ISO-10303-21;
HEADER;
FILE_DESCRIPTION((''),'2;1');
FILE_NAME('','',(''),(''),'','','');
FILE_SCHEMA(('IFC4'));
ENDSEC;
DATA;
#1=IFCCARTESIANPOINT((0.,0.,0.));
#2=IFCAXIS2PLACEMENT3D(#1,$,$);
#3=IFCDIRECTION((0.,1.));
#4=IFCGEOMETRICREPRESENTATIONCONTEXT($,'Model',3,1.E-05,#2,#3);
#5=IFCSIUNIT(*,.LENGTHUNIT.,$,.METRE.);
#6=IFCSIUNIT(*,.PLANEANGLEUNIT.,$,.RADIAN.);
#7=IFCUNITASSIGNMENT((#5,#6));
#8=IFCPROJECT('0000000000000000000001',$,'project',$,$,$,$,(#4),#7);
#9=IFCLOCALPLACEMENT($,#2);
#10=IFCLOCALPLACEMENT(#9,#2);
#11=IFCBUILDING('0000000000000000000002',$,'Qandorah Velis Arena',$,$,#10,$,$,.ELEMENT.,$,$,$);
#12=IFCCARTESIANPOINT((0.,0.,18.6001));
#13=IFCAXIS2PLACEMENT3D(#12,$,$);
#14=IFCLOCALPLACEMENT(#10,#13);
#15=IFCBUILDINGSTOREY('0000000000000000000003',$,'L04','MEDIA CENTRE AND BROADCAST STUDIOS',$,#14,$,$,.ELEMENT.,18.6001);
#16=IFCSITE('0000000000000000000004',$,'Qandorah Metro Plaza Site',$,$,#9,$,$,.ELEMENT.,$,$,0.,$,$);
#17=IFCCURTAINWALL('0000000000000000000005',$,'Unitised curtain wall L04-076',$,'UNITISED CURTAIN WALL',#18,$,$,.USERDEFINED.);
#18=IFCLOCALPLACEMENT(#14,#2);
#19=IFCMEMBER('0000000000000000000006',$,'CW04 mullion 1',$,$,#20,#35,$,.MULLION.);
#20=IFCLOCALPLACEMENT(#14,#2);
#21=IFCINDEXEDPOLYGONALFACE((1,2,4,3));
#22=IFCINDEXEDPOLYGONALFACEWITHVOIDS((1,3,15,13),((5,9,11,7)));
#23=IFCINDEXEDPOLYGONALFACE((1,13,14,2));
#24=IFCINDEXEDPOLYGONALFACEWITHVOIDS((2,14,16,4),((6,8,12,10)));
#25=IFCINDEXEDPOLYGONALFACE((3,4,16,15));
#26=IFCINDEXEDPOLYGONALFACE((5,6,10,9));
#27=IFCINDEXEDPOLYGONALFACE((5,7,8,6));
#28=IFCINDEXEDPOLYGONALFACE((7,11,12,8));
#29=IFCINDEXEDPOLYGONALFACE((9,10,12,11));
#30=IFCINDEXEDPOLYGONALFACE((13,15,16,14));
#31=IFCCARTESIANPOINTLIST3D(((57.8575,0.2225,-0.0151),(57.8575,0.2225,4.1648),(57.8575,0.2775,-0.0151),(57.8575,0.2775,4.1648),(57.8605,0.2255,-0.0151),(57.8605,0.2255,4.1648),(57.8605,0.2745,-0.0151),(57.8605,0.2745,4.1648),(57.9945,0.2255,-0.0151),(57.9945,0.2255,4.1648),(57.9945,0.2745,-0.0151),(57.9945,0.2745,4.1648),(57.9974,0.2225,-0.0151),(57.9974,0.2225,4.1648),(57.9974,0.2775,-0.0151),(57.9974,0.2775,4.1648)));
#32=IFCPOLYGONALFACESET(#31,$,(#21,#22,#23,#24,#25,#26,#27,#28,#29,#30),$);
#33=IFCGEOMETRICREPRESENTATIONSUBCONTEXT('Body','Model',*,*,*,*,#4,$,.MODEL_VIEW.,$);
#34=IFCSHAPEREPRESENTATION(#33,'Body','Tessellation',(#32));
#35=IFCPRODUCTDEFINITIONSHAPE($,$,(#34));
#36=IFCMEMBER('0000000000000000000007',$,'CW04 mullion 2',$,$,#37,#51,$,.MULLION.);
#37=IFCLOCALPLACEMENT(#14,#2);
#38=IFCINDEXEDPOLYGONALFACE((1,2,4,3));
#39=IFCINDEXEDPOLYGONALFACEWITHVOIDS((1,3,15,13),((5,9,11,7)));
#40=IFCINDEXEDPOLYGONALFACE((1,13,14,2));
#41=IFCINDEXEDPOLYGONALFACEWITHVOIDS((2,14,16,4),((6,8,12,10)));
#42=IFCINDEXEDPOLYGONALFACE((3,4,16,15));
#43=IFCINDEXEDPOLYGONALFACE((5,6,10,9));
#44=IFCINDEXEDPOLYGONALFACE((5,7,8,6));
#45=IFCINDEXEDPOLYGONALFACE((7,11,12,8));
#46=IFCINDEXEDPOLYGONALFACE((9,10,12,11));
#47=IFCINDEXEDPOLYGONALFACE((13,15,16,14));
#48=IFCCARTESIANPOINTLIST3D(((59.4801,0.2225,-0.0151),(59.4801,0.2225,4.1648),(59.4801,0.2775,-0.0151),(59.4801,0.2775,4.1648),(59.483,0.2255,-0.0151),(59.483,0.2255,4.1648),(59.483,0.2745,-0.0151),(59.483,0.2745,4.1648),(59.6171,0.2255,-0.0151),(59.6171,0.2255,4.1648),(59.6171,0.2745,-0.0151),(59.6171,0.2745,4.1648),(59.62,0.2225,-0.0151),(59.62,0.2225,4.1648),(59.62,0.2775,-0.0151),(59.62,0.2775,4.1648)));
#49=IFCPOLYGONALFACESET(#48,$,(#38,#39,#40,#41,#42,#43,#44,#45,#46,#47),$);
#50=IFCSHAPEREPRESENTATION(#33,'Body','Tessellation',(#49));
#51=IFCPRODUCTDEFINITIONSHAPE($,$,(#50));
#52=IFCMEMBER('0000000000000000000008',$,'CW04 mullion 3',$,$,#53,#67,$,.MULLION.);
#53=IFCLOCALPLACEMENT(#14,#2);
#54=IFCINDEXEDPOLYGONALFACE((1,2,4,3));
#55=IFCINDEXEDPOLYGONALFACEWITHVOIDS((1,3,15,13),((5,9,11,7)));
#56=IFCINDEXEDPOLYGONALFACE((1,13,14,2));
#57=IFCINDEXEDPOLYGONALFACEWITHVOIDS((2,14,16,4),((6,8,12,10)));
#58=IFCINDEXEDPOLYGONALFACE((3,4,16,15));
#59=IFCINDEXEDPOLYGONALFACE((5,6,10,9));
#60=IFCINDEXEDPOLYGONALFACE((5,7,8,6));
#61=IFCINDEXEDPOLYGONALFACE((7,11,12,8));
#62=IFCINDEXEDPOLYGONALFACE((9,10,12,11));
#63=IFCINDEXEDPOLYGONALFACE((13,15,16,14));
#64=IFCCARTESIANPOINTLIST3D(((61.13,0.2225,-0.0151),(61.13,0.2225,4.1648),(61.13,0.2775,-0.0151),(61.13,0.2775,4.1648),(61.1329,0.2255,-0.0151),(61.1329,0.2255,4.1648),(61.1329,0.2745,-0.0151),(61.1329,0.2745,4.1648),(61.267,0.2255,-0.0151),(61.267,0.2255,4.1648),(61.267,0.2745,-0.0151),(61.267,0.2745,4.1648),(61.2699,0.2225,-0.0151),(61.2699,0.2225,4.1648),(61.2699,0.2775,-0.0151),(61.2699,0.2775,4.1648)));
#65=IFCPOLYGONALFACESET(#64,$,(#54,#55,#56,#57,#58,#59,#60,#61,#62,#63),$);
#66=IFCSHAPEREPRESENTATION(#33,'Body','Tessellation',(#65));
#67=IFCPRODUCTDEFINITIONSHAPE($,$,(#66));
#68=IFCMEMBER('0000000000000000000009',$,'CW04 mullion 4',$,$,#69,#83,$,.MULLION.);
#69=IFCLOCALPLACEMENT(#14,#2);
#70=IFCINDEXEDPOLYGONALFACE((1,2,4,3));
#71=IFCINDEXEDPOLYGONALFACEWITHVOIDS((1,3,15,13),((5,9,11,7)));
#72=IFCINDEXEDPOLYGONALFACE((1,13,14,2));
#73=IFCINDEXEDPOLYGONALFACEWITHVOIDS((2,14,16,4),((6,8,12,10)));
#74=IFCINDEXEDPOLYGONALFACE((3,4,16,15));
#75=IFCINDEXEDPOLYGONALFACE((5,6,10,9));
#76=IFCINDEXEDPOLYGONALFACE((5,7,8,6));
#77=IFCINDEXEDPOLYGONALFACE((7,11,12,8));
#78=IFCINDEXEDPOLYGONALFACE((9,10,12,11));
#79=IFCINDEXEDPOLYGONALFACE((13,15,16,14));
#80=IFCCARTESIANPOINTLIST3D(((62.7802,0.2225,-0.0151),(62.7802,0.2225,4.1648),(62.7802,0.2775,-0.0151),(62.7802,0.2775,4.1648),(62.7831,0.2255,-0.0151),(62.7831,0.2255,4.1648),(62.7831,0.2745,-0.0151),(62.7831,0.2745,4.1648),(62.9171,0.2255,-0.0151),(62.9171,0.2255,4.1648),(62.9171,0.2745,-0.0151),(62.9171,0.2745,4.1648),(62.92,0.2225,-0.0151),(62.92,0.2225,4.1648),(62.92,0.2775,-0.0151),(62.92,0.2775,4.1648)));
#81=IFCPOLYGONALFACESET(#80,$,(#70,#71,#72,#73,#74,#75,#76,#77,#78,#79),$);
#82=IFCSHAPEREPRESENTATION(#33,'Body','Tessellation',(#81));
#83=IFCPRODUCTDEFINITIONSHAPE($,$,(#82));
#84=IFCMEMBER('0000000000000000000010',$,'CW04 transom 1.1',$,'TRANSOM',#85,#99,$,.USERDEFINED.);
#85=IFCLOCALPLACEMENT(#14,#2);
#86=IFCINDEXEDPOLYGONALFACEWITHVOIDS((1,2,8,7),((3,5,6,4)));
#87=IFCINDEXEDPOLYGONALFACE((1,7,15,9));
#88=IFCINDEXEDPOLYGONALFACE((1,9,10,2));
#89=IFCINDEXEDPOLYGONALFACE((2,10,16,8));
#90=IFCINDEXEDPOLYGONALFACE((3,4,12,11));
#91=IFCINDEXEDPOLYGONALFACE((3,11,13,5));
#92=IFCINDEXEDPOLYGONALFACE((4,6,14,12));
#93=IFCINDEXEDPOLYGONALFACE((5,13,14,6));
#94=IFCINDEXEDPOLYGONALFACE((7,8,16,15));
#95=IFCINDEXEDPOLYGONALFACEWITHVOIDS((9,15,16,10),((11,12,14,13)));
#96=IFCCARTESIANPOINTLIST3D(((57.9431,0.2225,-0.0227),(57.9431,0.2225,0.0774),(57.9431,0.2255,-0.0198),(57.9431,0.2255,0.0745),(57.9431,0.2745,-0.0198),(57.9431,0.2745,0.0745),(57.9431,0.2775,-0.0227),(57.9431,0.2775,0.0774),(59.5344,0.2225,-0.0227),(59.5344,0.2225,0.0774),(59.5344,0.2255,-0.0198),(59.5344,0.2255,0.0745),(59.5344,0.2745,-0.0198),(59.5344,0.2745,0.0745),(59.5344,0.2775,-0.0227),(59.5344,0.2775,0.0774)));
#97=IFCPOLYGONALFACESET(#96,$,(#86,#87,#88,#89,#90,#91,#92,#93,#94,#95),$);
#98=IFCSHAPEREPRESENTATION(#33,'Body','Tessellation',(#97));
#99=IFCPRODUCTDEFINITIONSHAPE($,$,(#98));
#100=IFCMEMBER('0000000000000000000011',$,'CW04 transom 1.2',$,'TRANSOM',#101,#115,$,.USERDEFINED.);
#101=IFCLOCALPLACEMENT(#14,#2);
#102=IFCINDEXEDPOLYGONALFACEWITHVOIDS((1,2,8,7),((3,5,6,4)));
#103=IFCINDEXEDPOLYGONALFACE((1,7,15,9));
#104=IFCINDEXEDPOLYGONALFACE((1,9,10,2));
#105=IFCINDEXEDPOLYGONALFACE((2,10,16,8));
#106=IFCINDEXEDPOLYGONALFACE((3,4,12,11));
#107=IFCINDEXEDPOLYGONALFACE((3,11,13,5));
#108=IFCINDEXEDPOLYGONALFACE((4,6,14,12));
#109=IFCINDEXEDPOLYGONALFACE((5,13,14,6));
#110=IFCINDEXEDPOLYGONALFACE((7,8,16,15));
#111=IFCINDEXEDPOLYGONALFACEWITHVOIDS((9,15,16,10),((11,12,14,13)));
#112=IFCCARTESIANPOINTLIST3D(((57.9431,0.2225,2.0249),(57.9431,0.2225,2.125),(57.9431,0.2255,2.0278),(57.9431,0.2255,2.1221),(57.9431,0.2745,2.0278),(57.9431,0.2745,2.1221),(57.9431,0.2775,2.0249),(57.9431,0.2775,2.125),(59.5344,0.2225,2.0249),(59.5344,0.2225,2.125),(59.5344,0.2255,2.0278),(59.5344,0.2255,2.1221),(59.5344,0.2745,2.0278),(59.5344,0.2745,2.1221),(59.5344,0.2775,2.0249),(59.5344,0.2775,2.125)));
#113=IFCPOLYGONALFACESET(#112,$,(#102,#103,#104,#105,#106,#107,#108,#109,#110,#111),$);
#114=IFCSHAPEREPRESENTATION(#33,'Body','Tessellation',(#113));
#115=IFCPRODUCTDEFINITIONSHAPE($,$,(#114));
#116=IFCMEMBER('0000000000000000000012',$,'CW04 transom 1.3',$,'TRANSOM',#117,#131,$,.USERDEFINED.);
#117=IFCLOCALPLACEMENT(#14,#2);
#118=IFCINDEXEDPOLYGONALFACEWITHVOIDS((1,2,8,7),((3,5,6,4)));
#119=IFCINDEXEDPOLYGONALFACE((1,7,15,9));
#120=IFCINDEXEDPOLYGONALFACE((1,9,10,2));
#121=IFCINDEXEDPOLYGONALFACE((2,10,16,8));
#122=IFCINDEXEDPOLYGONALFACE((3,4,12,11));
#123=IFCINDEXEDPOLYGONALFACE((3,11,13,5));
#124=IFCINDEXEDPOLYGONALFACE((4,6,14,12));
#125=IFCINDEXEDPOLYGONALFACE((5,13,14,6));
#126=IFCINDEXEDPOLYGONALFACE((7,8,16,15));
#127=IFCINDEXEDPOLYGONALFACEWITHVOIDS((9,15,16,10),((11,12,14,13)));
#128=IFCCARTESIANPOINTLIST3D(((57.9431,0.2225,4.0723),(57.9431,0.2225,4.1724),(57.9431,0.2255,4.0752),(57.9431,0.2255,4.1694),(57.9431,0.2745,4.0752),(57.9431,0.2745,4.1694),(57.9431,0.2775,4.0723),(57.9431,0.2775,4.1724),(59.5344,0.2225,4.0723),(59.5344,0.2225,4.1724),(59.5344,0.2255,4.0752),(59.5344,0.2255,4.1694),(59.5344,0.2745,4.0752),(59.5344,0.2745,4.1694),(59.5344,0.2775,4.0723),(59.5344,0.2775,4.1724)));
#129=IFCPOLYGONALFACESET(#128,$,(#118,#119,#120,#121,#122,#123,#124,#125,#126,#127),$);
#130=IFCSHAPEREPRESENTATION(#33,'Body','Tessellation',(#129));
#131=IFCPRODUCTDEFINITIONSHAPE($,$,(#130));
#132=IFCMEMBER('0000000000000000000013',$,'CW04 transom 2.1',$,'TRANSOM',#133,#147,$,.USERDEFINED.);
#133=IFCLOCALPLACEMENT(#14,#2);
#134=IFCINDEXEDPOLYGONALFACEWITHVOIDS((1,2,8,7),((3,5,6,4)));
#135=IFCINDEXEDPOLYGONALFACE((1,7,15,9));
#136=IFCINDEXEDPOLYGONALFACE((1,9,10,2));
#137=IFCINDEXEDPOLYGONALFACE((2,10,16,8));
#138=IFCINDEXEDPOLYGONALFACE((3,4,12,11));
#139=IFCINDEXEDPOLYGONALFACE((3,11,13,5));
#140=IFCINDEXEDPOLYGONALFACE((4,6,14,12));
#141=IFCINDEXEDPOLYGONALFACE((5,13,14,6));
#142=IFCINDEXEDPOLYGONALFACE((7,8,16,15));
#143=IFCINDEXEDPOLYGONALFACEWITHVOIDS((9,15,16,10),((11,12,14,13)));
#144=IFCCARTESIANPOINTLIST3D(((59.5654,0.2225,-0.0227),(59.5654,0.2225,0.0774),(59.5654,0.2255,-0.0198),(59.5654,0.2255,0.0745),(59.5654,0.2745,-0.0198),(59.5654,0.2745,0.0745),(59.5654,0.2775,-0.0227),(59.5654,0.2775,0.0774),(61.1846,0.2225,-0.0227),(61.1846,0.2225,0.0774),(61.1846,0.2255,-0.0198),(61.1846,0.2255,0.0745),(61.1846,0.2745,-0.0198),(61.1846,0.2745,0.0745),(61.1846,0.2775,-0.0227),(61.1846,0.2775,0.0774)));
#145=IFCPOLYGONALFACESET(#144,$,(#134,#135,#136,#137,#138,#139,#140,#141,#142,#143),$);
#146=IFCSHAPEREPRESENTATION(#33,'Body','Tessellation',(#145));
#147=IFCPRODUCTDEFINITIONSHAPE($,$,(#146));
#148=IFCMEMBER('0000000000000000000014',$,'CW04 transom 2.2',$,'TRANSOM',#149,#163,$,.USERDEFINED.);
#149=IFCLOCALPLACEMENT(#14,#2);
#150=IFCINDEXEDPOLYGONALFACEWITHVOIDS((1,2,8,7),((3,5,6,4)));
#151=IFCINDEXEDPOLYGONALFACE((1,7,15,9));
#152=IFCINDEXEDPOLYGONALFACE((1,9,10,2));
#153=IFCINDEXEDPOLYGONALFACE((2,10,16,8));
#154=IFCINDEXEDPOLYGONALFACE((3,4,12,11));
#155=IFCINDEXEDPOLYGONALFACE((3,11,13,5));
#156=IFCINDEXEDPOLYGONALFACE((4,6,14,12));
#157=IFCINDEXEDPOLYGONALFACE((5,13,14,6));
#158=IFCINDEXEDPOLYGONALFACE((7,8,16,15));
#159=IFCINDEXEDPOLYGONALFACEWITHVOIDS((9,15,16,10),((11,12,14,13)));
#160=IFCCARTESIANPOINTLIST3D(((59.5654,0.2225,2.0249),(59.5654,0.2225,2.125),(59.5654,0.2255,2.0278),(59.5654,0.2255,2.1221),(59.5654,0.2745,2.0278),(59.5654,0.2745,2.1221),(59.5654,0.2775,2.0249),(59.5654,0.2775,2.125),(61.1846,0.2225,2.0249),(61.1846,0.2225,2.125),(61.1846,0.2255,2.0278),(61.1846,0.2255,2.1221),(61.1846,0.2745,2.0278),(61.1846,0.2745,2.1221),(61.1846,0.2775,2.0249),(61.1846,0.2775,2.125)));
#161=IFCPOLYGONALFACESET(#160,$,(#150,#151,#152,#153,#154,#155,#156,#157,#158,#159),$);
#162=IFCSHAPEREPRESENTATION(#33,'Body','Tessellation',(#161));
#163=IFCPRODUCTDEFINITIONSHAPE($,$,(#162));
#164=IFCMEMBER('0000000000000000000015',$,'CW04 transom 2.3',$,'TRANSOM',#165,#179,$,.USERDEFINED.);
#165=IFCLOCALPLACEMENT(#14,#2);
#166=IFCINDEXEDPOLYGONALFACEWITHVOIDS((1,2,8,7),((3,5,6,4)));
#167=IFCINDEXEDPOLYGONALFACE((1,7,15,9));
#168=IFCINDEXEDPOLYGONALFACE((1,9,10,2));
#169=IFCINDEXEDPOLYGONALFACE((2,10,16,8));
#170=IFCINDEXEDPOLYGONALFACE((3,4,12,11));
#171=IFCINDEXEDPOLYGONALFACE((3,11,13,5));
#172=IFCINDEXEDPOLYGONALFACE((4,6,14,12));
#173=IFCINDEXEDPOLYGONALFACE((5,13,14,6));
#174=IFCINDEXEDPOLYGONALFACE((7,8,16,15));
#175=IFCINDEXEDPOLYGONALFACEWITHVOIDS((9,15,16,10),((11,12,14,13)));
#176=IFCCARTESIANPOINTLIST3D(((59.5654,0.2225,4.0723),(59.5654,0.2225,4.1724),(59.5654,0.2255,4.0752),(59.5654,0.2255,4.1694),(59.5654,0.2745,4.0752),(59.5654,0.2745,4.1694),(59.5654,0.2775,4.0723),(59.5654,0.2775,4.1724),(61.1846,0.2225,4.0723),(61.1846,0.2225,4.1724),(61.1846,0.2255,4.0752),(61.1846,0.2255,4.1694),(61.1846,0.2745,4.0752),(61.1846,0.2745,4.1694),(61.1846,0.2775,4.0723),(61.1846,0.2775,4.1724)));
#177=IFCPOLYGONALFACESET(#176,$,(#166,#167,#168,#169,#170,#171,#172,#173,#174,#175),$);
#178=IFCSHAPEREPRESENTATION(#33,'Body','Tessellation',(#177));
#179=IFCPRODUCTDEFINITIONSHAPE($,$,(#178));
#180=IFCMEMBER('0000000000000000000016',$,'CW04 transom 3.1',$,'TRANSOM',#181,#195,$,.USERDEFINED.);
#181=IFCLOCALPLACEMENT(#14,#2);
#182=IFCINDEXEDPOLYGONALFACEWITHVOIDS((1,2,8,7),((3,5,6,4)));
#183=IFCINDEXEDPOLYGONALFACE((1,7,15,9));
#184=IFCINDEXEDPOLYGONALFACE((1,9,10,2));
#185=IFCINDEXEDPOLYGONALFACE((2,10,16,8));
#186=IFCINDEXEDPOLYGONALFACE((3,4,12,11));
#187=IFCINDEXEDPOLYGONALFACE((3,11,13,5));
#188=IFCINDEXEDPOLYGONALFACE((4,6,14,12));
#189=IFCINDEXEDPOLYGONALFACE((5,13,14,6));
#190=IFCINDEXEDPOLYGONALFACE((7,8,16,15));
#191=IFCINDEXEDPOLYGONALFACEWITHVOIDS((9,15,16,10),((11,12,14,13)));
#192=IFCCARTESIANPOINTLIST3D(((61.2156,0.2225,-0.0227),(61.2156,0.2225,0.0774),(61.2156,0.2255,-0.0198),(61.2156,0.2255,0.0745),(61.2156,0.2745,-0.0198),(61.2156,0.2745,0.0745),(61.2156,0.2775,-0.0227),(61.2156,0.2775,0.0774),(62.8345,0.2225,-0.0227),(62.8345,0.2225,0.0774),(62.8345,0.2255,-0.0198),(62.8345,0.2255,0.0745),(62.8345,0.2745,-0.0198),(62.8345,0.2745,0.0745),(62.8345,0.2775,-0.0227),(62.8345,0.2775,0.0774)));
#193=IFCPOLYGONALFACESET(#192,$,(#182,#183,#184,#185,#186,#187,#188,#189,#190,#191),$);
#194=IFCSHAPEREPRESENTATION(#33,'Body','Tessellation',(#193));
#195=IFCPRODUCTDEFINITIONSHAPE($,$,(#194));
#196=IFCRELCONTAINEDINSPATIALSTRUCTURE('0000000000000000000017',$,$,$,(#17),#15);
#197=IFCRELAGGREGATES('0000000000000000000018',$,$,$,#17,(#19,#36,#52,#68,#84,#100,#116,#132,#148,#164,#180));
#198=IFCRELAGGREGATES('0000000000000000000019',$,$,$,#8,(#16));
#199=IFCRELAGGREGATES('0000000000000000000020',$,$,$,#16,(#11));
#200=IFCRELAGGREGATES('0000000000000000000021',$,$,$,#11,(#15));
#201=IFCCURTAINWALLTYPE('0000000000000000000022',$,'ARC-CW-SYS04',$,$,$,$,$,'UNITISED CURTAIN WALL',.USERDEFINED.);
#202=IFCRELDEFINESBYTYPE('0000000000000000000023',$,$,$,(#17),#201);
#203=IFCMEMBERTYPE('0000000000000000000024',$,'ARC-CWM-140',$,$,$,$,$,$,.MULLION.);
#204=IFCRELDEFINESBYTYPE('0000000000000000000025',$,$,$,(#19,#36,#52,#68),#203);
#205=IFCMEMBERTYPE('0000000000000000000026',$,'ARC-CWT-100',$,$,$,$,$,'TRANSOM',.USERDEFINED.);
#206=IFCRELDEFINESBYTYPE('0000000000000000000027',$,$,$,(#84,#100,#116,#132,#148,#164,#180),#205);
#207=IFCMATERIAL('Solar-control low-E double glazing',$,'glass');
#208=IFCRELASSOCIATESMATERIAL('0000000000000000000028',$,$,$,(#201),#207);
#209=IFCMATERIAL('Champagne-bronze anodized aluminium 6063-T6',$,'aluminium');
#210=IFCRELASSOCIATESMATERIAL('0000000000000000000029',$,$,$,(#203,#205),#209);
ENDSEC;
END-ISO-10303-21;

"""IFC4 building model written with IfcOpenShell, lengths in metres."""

from ifc_helpers import new_model, si_unit, direction, frame, origin, origin_2d, place, context, subcontext, project, spatial, hollow_rectangle, extrude, material, material_profile, profile_set, type_object, element, aggregate, save


model = new_model("IFC4")

# Units and contexts
model_context = context("Model", 3, precision=1e-05, world=origin(), true_north=direction((0.0, 1.0)))
body_context = subcontext(model_context, "Body", "Model", "MODEL_VIEW")
ifc_project = project(units=[si_unit("LENGTHUNIT", "METRE"), si_unit("PLANEANGLEUNIT", "RADIAN")], contexts=[model_context])

# Site, building, storey
site_placement = place(None, origin())
site = spatial("IfcSite", under=ifc_project, at=site_placement, Name="Qandorah Metro Plaza Site", CompositionType="ELEMENT", RefElevation=0.0)
building_placement = place(site_placement, origin())
building = spatial("IfcBuilding", under=site, at=building_placement, Name="Qandorah Velis Arena", CompositionType="ELEMENT")
storey_placement = place(building_placement, frame((0.0, 0.0, 18.6001)))
storey = spatial("IfcBuildingStorey", under=building, at=storey_placement, Name="L04", Description="MEDIA CENTRE AND BROADCAST STUDIOS", CompositionType="ELEMENT", Elevation=18.6001)

# Curtain wall, members
ifc_material_1 = material(Name="Solar-control low-E double glazing", Category="glass")
curtain_wall_type = type_object("IfcCurtainWallType", Name="ARC-CW-SYS04", ElementType="UNITISED CURTAIN WALL", PredefinedType="USERDEFINED", material=ifc_material_1)
curtain_wall_placement = place(storey_placement, origin())
curtain_wall = element("IfcCurtainWall", 1, at=curtain_wall_placement, inside=storey, type_object=curtain_wall_type, Name="Unitised curtain wall L04-076", ObjectType="UNITISED CURTAIN WALL", PredefinedType="USERDEFINED")
ifc_material_2 = material(Name="Champagne-bronze anodized aluminium 6063-T6", Category="aluminium")
ifc_material_profile_1 = material_profile(ifc_material_2, hollow_rectangle(XDim=0.0549, YDim=0.1399, WallThickness=0.0029, at=origin_2d()), Name="ALU MULLION 55x140")
ifc_profile_set_1 = profile_set([ifc_material_profile_1], Name="Champagne-bronze anodized aluminium 6063-T6")
member_type_1 = type_object("IfcMemberType", Name="ARC-CWM-140", PredefinedType="MULLION", material=ifc_profile_set_1)
member_1_placement = place(storey_placement, frame((57.9275, 0.25, -0.0151), z_axis=(0.0, 0.0, 1.0), x_axis=(0.0, 1.0, 0.0)))
member_1 = element("IfcMember", 2, at=member_1_placement, type_object=member_type_1, Name="CW04 mullion 1", PredefinedType="MULLION", context=body_context, shape_type="SweptSolid", body=[
    extrude(hollow_rectangle(XDim=0.0549, YDim=0.1399, WallThickness=0.0029, at=origin_2d()), origin(), (0.0, 0.0, 1.0), 4.1799),
])
member_2_placement = place(storey_placement, frame((59.55, 0.25, -0.0151), z_axis=(0.0, 0.0, 1.0), x_axis=(0.0, 1.0, 0.0)))
member_2 = element("IfcMember", 3, at=member_2_placement, type_object=member_type_1, Name="CW04 mullion 2", PredefinedType="MULLION", context=body_context, shape_type="SweptSolid", body=[
    extrude(hollow_rectangle(XDim=0.0549, YDim=0.1399, WallThickness=0.0029, at=origin_2d()), origin(), (0.0, 0.0, 1.0), 4.1799),
])
member_3_placement = place(storey_placement, frame((61.2, 0.25, -0.0151), z_axis=(0.0, 0.0, 1.0), x_axis=(0.0, 1.0, 0.0)))
member_3 = element("IfcMember", 4, at=member_3_placement, type_object=member_type_1, Name="CW04 mullion 3", PredefinedType="MULLION", context=body_context, shape_type="SweptSolid", body=[
    extrude(hollow_rectangle(XDim=0.0549, YDim=0.1399, WallThickness=0.0029, at=origin_2d()), origin(), (0.0, 0.0, 1.0), 4.1799),
])
member_4_placement = place(storey_placement, frame((62.8501, 0.25, -0.0151), z_axis=(0.0, 0.0, 1.0), x_axis=(0.0, 1.0, 0.0)))
member_4 = element("IfcMember", 5, at=member_4_placement, type_object=member_type_1, Name="CW04 mullion 4", PredefinedType="MULLION", context=body_context, shape_type="SweptSolid", body=[
    extrude(hollow_rectangle(XDim=0.0549, YDim=0.1399, WallThickness=0.0029, at=origin_2d()), origin(), (0.0, 0.0, 1.0), 4.1799),
])
ifc_material_profile_2 = material_profile(ifc_material_2, hollow_rectangle(XDim=0.0549, YDim=0.1001, WallThickness=0.0029, at=origin_2d()), Name="ALU TRANSOM 55x100")
ifc_profile_set_2 = profile_set([ifc_material_profile_2], Name="Champagne-bronze anodized aluminium 6063-T6")
member_type_2 = type_object("IfcMemberType", Name="ARC-CWT-100", ElementType="TRANSOM", PredefinedType="USERDEFINED", material=ifc_profile_set_2)
member_5_placement = place(storey_placement, frame((57.9431, 0.25, 0.0273), z_axis=(1.0, 0.0, 0.0), x_axis=(0.0, 1.0, 0.0)))
member_5 = element("IfcMember", 6, at=member_5_placement, type_object=member_type_2, Name="CW04 transom 1.1", ObjectType="TRANSOM", PredefinedType="USERDEFINED", context=body_context, shape_type="SweptSolid", body=[
    extrude(hollow_rectangle(XDim=0.0549, YDim=0.1001, WallThickness=0.0029, at=origin_2d()), origin(), (0.0, 0.0, 1.0), 1.5913),
])
member_6_placement = place(storey_placement, frame((57.9431, 0.25, 2.075), z_axis=(1.0, 0.0, 0.0), x_axis=(0.0, 1.0, 0.0)))
member_6 = element("IfcMember", 7, at=member_6_placement, type_object=member_type_2, Name="CW04 transom 1.2", ObjectType="TRANSOM", PredefinedType="USERDEFINED", context=body_context, shape_type="SweptSolid", body=[
    extrude(hollow_rectangle(XDim=0.0549, YDim=0.1001, WallThickness=0.0029, at=origin_2d()), origin(), (0.0, 0.0, 1.0), 1.5913),
])
member_7_placement = place(storey_placement, frame((57.9431, 0.25, 4.1223), z_axis=(1.0, 0.0, 0.0), x_axis=(0.0, 1.0, 0.0)))
member_7 = element("IfcMember", 8, at=member_7_placement, type_object=member_type_2, Name="CW04 transom 1.3", ObjectType="TRANSOM", PredefinedType="USERDEFINED", context=body_context, shape_type="SweptSolid", body=[
    extrude(hollow_rectangle(XDim=0.0549, YDim=0.1001, WallThickness=0.0029, at=origin_2d()), origin(), (0.0, 0.0, 1.0), 1.5913),
])
member_8_placement = place(storey_placement, frame((59.5654, 0.25, 0.0273), z_axis=(1.0, 0.0, 0.0), x_axis=(0.0, 1.0, 0.0)))
member_8 = element("IfcMember", 9, at=member_8_placement, type_object=member_type_2, Name="CW04 transom 2.1", ObjectType="TRANSOM", PredefinedType="USERDEFINED", context=body_context, shape_type="SweptSolid", body=[
    extrude(hollow_rectangle(XDim=0.0549, YDim=0.1001, WallThickness=0.0029, at=origin_2d()), origin(), (0.0, 0.0, 1.0), 1.6191),
])
member_9_placement = place(storey_placement, frame((59.5654, 0.25, 2.075), z_axis=(1.0, 0.0, 0.0), x_axis=(0.0, 1.0, 0.0)))
member_9 = element("IfcMember", 10, at=member_9_placement, type_object=member_type_2, Name="CW04 transom 2.2", ObjectType="TRANSOM", PredefinedType="USERDEFINED", context=body_context, shape_type="SweptSolid", body=[
    extrude(hollow_rectangle(XDim=0.0549, YDim=0.1001, WallThickness=0.0029, at=origin_2d()), origin(), (0.0, 0.0, 1.0), 1.6191),
])
member_10_placement = place(storey_placement, frame((59.5654, 0.25, 4.1223), z_axis=(1.0, 0.0, 0.0), x_axis=(0.0, 1.0, 0.0)))
member_10 = element("IfcMember", 11, at=member_10_placement, type_object=member_type_2, Name="CW04 transom 2.3", ObjectType="TRANSOM", PredefinedType="USERDEFINED", context=body_context, shape_type="SweptSolid", body=[
    extrude(hollow_rectangle(XDim=0.0549, YDim=0.1001, WallThickness=0.0029, at=origin_2d()), origin(), (0.0, 0.0, 1.0), 1.6191),
])
member_11_placement = place(storey_placement, frame((61.2156, 0.25, 0.0273), z_axis=(1.0, 0.0, 0.0), x_axis=(0.0, 1.0, 0.0)))
member_11 = element("IfcMember", 12, at=member_11_placement, type_object=member_type_2, Name="CW04 transom 3.1", ObjectType="TRANSOM", PredefinedType="USERDEFINED", context=body_context, shape_type="SweptSolid", body=[
    extrude(hollow_rectangle(XDim=0.0549, YDim=0.1001, WallThickness=0.0029, at=origin_2d()), origin(), (0.0, 0.0, 1.0), 1.6189),
])

aggregate(curtain_wall, [member_1, member_2, member_3, member_4, member_5, member_6, member_7, member_8, member_9, member_10, member_11])

save(model, "model.ifc")
